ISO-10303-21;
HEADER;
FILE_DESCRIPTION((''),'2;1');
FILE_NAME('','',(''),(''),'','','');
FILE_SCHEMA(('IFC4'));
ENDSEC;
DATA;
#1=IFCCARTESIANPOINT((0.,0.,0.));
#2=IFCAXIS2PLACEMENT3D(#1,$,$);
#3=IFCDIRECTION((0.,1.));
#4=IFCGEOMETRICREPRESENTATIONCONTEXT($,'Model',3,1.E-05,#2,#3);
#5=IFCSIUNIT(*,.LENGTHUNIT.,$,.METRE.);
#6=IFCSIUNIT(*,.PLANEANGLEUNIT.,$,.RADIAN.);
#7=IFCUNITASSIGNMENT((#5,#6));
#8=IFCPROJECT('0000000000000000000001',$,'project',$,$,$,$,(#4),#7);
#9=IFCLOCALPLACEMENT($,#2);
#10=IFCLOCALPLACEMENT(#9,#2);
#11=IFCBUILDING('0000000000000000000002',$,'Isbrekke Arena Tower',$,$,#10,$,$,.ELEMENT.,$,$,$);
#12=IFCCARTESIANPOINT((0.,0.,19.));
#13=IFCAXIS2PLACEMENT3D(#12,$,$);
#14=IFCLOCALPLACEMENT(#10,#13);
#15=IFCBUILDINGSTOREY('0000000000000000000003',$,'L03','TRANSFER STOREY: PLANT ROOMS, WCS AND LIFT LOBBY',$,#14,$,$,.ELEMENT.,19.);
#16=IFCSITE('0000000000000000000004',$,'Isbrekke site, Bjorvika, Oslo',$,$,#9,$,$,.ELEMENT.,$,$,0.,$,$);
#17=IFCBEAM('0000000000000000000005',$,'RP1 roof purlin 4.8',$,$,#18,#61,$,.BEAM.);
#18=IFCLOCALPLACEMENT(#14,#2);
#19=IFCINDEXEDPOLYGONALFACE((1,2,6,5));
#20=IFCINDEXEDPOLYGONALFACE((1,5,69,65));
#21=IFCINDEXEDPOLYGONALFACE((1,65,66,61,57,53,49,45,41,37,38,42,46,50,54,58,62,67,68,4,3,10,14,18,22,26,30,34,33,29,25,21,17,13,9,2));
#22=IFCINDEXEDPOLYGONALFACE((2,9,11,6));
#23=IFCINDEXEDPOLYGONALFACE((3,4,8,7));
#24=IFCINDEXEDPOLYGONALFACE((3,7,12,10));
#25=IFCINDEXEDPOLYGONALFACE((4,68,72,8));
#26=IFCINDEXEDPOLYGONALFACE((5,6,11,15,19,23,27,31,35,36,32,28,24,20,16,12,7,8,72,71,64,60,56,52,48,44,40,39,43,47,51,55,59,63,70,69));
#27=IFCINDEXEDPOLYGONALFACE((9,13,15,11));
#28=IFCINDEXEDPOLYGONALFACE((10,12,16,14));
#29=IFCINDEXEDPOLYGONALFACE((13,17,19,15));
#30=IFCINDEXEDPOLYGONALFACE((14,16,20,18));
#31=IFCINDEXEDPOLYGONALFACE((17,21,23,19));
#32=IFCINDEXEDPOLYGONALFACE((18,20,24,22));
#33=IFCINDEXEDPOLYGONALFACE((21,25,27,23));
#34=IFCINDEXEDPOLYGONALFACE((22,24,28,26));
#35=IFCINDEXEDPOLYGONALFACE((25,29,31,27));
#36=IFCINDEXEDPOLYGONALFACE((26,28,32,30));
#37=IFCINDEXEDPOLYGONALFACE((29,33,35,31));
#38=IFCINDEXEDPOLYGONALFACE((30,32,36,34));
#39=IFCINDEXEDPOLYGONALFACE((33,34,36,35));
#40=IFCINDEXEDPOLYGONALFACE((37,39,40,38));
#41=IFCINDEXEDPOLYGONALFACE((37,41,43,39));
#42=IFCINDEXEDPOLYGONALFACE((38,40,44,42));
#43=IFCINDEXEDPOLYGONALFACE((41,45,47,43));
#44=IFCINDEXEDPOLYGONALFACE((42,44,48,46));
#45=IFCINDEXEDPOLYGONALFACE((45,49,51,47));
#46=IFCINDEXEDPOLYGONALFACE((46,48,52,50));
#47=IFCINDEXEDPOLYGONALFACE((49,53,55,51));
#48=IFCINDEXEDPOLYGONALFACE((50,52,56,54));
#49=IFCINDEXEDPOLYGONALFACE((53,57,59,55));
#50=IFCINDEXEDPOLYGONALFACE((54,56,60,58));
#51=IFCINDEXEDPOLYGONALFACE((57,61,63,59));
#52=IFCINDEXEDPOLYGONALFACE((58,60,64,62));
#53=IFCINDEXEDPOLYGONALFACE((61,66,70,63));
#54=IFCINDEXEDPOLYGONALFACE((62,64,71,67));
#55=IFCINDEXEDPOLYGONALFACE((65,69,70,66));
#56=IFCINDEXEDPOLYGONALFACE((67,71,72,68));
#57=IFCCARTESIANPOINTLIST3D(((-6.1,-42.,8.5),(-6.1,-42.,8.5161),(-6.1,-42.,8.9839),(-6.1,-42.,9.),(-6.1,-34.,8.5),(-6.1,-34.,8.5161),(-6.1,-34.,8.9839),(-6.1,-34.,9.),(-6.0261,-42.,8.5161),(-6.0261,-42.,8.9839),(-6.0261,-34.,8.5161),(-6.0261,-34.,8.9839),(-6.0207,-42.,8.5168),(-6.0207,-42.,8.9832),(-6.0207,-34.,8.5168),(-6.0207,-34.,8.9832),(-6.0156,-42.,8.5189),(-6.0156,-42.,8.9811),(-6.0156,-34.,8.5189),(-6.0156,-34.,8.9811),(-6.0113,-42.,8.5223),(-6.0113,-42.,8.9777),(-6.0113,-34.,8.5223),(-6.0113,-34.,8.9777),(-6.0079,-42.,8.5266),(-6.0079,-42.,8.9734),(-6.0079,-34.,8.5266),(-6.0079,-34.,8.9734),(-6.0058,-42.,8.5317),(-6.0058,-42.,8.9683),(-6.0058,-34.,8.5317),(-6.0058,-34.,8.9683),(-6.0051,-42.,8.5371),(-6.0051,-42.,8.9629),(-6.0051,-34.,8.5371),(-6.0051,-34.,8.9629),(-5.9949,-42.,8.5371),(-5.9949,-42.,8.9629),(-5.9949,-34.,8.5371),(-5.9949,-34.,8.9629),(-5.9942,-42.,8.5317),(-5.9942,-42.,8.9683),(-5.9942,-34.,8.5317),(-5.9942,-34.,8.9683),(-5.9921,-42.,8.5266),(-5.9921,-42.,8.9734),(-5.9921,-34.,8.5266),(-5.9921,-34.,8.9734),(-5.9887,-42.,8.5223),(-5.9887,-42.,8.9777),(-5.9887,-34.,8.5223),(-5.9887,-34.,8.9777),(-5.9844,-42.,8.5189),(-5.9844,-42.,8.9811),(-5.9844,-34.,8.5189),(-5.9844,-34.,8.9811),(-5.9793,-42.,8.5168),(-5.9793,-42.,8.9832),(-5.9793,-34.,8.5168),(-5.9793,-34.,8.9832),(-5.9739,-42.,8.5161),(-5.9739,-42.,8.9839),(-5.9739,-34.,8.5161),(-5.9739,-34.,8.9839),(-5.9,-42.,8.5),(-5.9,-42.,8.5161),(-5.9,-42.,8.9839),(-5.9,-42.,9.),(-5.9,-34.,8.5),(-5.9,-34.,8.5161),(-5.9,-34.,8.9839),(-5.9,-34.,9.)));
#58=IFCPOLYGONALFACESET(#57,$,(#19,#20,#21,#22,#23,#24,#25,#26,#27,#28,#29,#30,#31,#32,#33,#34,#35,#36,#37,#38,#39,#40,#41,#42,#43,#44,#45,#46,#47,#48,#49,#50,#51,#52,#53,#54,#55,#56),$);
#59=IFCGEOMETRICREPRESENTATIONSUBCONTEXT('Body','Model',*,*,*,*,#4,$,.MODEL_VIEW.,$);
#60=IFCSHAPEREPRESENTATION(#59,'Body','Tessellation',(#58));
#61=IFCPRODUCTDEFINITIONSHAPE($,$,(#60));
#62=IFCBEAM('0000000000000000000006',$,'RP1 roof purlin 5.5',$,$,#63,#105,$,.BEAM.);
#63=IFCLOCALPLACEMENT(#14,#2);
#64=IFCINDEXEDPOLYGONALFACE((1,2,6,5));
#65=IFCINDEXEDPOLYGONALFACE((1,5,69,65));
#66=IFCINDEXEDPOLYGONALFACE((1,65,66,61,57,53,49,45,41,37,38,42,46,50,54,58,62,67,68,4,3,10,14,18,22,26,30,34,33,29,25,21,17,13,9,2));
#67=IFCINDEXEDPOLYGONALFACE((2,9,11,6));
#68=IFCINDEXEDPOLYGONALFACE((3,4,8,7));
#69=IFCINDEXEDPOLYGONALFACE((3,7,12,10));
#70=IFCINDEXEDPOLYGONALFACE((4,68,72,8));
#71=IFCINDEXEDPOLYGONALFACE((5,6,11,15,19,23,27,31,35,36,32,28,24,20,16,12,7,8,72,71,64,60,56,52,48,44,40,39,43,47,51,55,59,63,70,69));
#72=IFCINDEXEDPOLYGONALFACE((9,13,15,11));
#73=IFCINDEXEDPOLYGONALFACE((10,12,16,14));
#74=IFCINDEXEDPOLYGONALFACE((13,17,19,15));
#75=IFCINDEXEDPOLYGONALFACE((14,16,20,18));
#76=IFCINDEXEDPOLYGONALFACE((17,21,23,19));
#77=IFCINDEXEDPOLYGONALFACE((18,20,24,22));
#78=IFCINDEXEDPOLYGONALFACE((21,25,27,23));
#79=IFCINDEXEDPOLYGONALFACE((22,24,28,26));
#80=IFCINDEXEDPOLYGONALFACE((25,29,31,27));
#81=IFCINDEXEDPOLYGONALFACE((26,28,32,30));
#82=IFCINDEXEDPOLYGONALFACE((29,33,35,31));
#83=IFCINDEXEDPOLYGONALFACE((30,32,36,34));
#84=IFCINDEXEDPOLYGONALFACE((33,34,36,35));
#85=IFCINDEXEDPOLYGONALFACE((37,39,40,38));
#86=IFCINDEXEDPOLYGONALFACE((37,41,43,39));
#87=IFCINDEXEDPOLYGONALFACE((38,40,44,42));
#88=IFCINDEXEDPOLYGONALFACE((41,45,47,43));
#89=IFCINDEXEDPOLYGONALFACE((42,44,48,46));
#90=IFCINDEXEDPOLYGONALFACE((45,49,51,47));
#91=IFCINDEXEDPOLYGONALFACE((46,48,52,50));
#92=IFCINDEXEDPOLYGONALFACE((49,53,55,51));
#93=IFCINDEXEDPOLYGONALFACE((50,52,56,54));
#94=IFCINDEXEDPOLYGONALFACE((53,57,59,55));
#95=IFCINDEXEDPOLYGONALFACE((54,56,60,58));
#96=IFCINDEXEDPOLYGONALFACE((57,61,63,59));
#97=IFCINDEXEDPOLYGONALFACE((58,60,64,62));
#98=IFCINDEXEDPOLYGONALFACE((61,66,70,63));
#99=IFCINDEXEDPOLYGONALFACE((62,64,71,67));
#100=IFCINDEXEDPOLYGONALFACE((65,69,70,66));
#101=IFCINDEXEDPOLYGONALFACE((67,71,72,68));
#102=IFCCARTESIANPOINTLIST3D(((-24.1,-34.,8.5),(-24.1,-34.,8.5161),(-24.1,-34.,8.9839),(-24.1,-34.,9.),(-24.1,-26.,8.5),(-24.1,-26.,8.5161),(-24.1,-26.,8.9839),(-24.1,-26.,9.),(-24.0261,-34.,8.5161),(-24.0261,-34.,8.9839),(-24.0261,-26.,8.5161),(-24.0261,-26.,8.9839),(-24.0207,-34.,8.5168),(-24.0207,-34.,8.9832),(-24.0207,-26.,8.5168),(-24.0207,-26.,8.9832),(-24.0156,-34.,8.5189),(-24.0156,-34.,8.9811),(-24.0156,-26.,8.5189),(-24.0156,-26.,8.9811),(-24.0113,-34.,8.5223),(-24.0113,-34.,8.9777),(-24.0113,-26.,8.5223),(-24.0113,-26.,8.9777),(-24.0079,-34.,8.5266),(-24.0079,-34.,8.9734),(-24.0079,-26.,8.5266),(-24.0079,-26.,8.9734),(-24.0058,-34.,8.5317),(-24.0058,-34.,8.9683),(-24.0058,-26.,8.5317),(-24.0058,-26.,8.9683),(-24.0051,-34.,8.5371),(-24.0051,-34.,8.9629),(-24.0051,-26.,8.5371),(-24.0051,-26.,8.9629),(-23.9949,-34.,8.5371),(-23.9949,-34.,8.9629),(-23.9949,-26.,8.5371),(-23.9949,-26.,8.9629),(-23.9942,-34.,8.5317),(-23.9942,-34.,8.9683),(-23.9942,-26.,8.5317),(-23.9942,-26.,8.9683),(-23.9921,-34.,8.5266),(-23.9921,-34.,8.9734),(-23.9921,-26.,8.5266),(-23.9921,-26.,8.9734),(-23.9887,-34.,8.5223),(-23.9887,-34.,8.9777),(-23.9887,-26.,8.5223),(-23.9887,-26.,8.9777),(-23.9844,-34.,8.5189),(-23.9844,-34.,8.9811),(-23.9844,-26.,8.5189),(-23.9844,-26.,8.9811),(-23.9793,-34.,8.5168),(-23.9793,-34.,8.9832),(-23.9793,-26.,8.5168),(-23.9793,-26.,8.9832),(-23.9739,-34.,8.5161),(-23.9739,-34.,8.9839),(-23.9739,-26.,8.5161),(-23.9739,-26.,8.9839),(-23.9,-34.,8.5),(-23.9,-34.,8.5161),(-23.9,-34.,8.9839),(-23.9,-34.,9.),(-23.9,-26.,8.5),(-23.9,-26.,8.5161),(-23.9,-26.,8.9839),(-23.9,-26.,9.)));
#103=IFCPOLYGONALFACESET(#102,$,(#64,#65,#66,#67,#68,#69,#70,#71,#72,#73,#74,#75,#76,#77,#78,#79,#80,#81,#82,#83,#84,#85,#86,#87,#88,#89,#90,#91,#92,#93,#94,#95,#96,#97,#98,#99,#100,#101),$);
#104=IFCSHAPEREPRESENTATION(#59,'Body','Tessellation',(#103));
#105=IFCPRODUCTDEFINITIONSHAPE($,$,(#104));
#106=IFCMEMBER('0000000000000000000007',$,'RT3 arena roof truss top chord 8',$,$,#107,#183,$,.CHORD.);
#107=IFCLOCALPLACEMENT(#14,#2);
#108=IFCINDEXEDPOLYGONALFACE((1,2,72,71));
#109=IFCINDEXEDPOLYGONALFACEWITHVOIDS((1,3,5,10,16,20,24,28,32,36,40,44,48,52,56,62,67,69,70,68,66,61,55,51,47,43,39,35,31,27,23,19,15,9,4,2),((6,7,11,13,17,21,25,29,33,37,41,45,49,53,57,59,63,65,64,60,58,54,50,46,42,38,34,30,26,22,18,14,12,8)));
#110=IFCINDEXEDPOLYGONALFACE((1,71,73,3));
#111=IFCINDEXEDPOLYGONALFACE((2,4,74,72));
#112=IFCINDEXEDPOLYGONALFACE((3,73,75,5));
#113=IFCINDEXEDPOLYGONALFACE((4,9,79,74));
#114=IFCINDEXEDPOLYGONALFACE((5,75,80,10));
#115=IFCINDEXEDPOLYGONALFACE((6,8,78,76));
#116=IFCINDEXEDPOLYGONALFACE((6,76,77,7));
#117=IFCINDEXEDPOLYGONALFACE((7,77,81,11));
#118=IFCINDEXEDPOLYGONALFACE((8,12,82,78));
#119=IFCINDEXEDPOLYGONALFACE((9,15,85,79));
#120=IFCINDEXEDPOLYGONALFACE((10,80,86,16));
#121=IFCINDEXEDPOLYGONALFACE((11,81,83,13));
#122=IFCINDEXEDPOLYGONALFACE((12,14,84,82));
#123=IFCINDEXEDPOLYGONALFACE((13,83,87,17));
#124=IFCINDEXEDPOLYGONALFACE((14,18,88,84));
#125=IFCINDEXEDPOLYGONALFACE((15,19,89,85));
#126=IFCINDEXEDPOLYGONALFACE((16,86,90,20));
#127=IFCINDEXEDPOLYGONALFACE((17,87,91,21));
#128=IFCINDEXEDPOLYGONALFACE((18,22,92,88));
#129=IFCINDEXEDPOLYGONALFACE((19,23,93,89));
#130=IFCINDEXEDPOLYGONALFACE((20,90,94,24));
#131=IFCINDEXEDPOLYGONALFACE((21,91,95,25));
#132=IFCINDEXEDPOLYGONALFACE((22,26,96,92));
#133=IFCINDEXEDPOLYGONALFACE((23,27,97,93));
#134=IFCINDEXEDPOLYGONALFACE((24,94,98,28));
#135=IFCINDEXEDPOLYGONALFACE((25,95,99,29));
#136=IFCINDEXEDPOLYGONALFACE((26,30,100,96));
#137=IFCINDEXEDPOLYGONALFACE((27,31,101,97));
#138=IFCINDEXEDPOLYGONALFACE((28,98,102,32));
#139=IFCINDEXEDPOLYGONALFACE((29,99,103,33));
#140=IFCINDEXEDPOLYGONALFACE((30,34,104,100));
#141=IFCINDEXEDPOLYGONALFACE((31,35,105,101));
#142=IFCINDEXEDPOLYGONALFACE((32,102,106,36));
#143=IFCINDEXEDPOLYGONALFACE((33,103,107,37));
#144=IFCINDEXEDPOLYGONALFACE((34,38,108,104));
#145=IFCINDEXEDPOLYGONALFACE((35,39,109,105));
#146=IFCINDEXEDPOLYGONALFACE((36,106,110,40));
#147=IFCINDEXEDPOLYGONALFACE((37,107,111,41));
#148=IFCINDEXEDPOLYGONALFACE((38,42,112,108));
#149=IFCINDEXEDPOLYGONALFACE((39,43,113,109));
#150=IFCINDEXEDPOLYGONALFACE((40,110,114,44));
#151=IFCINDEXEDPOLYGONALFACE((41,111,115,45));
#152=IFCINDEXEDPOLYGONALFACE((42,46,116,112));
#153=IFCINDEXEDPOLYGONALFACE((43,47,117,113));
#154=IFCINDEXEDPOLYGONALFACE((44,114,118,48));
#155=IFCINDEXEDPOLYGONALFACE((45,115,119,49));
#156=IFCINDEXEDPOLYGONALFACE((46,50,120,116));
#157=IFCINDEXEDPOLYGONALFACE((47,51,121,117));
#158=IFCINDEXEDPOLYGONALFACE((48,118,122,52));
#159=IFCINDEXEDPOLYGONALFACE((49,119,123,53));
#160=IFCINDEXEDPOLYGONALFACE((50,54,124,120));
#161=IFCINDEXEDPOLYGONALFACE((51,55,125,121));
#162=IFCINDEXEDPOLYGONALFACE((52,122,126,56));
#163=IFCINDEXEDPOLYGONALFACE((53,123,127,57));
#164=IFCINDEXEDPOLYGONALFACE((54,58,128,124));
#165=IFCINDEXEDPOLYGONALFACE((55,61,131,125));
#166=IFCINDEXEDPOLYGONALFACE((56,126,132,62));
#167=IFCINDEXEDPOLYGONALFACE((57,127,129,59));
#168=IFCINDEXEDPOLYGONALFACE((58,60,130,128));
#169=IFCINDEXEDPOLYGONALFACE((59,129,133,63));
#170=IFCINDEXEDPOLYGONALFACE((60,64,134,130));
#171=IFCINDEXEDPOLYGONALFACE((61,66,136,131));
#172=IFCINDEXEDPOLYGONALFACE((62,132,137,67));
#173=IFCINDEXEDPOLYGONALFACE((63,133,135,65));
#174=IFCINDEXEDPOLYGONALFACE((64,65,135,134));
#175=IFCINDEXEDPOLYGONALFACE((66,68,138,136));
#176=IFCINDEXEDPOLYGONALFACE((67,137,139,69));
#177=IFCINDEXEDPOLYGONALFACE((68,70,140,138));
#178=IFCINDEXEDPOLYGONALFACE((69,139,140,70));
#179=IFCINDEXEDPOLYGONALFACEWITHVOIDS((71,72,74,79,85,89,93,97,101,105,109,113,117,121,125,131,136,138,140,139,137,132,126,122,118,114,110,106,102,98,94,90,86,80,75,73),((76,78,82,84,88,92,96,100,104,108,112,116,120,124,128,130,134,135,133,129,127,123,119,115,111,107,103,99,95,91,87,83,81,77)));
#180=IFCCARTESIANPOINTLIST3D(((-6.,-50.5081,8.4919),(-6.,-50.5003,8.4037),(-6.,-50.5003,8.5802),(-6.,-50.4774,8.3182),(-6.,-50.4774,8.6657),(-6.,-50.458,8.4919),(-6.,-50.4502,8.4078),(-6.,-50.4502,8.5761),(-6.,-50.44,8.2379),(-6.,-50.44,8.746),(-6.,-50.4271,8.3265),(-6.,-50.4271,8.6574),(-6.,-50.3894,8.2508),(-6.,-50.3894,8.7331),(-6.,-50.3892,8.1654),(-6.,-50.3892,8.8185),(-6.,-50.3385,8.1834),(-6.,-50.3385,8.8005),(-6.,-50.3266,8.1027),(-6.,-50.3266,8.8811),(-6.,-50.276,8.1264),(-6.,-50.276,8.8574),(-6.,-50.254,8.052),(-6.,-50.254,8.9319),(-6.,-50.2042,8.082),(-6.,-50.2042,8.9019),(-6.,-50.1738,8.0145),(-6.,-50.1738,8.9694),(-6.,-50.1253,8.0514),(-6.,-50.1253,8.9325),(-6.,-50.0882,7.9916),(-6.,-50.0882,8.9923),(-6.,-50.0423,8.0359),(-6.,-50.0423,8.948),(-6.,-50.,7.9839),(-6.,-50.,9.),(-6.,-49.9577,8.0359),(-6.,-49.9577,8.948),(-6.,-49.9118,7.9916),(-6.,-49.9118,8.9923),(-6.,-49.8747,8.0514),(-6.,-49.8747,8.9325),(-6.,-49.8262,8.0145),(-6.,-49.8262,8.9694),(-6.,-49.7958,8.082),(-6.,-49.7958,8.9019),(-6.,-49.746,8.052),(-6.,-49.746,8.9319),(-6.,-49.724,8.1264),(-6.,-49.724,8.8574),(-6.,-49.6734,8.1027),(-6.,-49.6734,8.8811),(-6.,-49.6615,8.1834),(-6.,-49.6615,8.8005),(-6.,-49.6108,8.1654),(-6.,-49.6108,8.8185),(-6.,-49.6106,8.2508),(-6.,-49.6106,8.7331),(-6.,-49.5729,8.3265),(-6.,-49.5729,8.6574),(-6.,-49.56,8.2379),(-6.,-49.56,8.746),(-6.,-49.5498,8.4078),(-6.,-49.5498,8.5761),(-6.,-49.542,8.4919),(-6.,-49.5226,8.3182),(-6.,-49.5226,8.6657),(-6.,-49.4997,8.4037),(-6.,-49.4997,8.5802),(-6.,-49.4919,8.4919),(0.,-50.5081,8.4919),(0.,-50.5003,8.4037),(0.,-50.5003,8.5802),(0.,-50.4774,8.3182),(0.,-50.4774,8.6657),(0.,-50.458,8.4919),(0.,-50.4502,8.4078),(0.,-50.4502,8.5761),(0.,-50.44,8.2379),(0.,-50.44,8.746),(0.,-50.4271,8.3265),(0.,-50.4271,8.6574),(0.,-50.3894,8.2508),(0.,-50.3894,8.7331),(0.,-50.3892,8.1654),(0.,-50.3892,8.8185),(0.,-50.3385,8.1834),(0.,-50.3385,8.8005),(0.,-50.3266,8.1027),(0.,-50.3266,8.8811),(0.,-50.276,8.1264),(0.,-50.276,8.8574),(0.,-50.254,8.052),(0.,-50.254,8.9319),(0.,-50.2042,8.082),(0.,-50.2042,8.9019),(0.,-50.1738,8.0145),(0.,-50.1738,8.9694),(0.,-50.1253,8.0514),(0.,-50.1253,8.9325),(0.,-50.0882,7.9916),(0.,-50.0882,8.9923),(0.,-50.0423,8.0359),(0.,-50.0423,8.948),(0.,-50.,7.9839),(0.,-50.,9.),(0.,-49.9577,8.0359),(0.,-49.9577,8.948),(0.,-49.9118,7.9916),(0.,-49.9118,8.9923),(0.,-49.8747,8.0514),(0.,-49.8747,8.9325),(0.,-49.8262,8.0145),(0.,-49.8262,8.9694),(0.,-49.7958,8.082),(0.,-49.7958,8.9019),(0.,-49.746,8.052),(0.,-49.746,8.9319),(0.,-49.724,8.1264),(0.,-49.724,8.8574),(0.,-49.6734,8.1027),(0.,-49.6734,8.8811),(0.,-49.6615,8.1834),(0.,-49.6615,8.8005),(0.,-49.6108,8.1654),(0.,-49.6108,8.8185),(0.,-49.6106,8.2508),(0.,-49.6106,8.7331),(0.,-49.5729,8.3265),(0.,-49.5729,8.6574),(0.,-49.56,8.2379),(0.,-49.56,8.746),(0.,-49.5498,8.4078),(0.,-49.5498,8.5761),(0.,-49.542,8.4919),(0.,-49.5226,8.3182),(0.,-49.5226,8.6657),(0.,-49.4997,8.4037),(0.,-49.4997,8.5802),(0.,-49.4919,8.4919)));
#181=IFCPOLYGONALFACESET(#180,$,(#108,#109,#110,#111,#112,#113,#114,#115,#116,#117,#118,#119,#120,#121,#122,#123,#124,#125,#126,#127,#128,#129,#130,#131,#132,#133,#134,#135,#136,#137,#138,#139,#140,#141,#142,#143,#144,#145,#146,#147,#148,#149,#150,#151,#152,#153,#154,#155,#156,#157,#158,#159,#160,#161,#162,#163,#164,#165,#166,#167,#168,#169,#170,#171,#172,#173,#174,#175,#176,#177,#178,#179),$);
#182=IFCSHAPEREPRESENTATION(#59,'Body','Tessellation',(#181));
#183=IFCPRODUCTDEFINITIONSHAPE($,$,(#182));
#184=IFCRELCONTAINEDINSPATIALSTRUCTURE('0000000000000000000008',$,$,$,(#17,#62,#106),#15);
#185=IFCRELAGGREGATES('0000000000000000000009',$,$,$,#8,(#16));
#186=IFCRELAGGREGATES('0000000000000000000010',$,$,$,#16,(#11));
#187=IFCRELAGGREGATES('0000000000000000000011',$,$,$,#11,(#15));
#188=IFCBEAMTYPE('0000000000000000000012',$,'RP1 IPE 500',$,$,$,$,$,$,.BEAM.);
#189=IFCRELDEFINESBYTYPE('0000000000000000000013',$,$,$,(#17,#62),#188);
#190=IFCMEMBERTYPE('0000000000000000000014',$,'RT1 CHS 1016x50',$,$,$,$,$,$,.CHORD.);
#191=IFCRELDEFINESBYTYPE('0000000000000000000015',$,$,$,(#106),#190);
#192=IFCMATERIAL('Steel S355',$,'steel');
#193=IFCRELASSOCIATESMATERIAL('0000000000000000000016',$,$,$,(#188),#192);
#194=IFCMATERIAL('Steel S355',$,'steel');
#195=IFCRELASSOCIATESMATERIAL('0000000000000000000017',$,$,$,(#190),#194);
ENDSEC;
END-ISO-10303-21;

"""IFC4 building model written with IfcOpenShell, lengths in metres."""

from ifc_helpers import new_model, si_unit, direction, frame, origin, origin_2d, place, context, subcontext, project, spatial, hollow_circle, i_section, extrude, material, material_profile, profile_set, type_object, element, save


model = new_model("IFC4")

# Units and contexts
model_context = context("Model", 3, precision=1e-05, world=origin(), true_north=direction((0.0, 1.0)))
body_context = subcontext(model_context, "Body", "Model", "MODEL_VIEW")
ifc_project = project(units=[si_unit("LENGTHUNIT", "METRE"), si_unit("PLANEANGLEUNIT", "RADIAN")], contexts=[model_context])

# Site, building, storey
site_placement = place(None, origin())
site = spatial("IfcSite", under=ifc_project, at=site_placement, Name="Isbrekke site, Bjorvika, Oslo", CompositionType="ELEMENT", RefElevation=0.0)
building_placement = place(site_placement, origin())
building = spatial("IfcBuilding", under=site, at=building_placement, Name="Isbrekke Arena Tower", CompositionType="ELEMENT")
storey_placement = place(building_placement, frame((0.0, 0.0, 19.0)))
storey = spatial("IfcBuildingStorey", under=building, at=storey_placement, Name="L03", Description="TRANSFER STOREY: PLANT ROOMS, WCS AND LIFT LOBBY", CompositionType="ELEMENT", Elevation=19.0)

# Beams
ifc_material_1 = material(Name="Steel S355", Category="steel")
ifc_material_profile_1 = material_profile(ifc_material_1, i_section(OverallWidth=0.2, OverallDepth=0.5, WebThickness=0.0103, FlangeThickness=0.0161, FilletRadius=0.021, at=origin_2d()), Name="IPE 500")
ifc_profile_set_1 = profile_set([ifc_material_profile_1], Name="Steel S355")
beam_type = type_object("IfcBeamType", Name="RP1 IPE 500", PredefinedType="BEAM", material=ifc_profile_set_1)
for number, where, z_axis, x_axis, name in (
    (1, (-6.0, -42.0, 8.75), (0.0, 1.0, 0.0), (-1.0, 0.0, 0.0), "RP1 roof purlin 4.8"),
    (2, (-24.0, -34.0, 8.75), (0.0, 1.0, 0.0), (-1.0, 0.0, 0.0), "RP1 roof purlin 5.5"),
):
    element("IfcBeam", number, at=place(storey_placement, frame(where, z_axis=z_axis, x_axis=x_axis)), inside=storey, type_object=beam_type, Name=name, PredefinedType="BEAM", context=body_context, shape_type="SweptSolid", body=[
        extrude(i_section(OverallWidth=0.2, OverallDepth=0.5, WebThickness=0.0103, FlangeThickness=0.0161, FilletRadius=0.021, at=origin_2d()), origin(), (0.0, 0.0, 1.0), 8.0),
    ])

# Member
ifc_material_2 = material(Name="Steel S355", Category="steel")
ifc_material_profile_2 = material_profile(ifc_material_2, hollow_circle(Radius=0.5081, WallThickness=0.05, at=origin_2d()), Name="CHS 1016x50")
ifc_profile_set_2 = profile_set([ifc_material_profile_2], Name="Steel S355")
member_type_1 = type_object("IfcMemberType", Name="RT1 CHS 1016x50", PredefinedType="CHORD", material=ifc_profile_set_2)
for number, where, z_axis, x_axis, name in (
    (3, (-6.0, -50.0, 8.4919), (1.0, 0.0, 0.0), (0.0, 1.0, 0.0), "RT3 arena roof truss top chord 8"),
):
    element("IfcMember", number, at=place(storey_placement, frame(where, z_axis=z_axis, x_axis=x_axis)), inside=storey, type_object=member_type_1, Name=name, PredefinedType="CHORD", context=body_context, shape_type="SweptSolid", body=[
        extrude(hollow_circle(Radius=0.5081, WallThickness=0.05, at=origin_2d()), origin(), (0.0, 0.0, 1.0), 6.0),
    ])

save(model, "model.ifc")
